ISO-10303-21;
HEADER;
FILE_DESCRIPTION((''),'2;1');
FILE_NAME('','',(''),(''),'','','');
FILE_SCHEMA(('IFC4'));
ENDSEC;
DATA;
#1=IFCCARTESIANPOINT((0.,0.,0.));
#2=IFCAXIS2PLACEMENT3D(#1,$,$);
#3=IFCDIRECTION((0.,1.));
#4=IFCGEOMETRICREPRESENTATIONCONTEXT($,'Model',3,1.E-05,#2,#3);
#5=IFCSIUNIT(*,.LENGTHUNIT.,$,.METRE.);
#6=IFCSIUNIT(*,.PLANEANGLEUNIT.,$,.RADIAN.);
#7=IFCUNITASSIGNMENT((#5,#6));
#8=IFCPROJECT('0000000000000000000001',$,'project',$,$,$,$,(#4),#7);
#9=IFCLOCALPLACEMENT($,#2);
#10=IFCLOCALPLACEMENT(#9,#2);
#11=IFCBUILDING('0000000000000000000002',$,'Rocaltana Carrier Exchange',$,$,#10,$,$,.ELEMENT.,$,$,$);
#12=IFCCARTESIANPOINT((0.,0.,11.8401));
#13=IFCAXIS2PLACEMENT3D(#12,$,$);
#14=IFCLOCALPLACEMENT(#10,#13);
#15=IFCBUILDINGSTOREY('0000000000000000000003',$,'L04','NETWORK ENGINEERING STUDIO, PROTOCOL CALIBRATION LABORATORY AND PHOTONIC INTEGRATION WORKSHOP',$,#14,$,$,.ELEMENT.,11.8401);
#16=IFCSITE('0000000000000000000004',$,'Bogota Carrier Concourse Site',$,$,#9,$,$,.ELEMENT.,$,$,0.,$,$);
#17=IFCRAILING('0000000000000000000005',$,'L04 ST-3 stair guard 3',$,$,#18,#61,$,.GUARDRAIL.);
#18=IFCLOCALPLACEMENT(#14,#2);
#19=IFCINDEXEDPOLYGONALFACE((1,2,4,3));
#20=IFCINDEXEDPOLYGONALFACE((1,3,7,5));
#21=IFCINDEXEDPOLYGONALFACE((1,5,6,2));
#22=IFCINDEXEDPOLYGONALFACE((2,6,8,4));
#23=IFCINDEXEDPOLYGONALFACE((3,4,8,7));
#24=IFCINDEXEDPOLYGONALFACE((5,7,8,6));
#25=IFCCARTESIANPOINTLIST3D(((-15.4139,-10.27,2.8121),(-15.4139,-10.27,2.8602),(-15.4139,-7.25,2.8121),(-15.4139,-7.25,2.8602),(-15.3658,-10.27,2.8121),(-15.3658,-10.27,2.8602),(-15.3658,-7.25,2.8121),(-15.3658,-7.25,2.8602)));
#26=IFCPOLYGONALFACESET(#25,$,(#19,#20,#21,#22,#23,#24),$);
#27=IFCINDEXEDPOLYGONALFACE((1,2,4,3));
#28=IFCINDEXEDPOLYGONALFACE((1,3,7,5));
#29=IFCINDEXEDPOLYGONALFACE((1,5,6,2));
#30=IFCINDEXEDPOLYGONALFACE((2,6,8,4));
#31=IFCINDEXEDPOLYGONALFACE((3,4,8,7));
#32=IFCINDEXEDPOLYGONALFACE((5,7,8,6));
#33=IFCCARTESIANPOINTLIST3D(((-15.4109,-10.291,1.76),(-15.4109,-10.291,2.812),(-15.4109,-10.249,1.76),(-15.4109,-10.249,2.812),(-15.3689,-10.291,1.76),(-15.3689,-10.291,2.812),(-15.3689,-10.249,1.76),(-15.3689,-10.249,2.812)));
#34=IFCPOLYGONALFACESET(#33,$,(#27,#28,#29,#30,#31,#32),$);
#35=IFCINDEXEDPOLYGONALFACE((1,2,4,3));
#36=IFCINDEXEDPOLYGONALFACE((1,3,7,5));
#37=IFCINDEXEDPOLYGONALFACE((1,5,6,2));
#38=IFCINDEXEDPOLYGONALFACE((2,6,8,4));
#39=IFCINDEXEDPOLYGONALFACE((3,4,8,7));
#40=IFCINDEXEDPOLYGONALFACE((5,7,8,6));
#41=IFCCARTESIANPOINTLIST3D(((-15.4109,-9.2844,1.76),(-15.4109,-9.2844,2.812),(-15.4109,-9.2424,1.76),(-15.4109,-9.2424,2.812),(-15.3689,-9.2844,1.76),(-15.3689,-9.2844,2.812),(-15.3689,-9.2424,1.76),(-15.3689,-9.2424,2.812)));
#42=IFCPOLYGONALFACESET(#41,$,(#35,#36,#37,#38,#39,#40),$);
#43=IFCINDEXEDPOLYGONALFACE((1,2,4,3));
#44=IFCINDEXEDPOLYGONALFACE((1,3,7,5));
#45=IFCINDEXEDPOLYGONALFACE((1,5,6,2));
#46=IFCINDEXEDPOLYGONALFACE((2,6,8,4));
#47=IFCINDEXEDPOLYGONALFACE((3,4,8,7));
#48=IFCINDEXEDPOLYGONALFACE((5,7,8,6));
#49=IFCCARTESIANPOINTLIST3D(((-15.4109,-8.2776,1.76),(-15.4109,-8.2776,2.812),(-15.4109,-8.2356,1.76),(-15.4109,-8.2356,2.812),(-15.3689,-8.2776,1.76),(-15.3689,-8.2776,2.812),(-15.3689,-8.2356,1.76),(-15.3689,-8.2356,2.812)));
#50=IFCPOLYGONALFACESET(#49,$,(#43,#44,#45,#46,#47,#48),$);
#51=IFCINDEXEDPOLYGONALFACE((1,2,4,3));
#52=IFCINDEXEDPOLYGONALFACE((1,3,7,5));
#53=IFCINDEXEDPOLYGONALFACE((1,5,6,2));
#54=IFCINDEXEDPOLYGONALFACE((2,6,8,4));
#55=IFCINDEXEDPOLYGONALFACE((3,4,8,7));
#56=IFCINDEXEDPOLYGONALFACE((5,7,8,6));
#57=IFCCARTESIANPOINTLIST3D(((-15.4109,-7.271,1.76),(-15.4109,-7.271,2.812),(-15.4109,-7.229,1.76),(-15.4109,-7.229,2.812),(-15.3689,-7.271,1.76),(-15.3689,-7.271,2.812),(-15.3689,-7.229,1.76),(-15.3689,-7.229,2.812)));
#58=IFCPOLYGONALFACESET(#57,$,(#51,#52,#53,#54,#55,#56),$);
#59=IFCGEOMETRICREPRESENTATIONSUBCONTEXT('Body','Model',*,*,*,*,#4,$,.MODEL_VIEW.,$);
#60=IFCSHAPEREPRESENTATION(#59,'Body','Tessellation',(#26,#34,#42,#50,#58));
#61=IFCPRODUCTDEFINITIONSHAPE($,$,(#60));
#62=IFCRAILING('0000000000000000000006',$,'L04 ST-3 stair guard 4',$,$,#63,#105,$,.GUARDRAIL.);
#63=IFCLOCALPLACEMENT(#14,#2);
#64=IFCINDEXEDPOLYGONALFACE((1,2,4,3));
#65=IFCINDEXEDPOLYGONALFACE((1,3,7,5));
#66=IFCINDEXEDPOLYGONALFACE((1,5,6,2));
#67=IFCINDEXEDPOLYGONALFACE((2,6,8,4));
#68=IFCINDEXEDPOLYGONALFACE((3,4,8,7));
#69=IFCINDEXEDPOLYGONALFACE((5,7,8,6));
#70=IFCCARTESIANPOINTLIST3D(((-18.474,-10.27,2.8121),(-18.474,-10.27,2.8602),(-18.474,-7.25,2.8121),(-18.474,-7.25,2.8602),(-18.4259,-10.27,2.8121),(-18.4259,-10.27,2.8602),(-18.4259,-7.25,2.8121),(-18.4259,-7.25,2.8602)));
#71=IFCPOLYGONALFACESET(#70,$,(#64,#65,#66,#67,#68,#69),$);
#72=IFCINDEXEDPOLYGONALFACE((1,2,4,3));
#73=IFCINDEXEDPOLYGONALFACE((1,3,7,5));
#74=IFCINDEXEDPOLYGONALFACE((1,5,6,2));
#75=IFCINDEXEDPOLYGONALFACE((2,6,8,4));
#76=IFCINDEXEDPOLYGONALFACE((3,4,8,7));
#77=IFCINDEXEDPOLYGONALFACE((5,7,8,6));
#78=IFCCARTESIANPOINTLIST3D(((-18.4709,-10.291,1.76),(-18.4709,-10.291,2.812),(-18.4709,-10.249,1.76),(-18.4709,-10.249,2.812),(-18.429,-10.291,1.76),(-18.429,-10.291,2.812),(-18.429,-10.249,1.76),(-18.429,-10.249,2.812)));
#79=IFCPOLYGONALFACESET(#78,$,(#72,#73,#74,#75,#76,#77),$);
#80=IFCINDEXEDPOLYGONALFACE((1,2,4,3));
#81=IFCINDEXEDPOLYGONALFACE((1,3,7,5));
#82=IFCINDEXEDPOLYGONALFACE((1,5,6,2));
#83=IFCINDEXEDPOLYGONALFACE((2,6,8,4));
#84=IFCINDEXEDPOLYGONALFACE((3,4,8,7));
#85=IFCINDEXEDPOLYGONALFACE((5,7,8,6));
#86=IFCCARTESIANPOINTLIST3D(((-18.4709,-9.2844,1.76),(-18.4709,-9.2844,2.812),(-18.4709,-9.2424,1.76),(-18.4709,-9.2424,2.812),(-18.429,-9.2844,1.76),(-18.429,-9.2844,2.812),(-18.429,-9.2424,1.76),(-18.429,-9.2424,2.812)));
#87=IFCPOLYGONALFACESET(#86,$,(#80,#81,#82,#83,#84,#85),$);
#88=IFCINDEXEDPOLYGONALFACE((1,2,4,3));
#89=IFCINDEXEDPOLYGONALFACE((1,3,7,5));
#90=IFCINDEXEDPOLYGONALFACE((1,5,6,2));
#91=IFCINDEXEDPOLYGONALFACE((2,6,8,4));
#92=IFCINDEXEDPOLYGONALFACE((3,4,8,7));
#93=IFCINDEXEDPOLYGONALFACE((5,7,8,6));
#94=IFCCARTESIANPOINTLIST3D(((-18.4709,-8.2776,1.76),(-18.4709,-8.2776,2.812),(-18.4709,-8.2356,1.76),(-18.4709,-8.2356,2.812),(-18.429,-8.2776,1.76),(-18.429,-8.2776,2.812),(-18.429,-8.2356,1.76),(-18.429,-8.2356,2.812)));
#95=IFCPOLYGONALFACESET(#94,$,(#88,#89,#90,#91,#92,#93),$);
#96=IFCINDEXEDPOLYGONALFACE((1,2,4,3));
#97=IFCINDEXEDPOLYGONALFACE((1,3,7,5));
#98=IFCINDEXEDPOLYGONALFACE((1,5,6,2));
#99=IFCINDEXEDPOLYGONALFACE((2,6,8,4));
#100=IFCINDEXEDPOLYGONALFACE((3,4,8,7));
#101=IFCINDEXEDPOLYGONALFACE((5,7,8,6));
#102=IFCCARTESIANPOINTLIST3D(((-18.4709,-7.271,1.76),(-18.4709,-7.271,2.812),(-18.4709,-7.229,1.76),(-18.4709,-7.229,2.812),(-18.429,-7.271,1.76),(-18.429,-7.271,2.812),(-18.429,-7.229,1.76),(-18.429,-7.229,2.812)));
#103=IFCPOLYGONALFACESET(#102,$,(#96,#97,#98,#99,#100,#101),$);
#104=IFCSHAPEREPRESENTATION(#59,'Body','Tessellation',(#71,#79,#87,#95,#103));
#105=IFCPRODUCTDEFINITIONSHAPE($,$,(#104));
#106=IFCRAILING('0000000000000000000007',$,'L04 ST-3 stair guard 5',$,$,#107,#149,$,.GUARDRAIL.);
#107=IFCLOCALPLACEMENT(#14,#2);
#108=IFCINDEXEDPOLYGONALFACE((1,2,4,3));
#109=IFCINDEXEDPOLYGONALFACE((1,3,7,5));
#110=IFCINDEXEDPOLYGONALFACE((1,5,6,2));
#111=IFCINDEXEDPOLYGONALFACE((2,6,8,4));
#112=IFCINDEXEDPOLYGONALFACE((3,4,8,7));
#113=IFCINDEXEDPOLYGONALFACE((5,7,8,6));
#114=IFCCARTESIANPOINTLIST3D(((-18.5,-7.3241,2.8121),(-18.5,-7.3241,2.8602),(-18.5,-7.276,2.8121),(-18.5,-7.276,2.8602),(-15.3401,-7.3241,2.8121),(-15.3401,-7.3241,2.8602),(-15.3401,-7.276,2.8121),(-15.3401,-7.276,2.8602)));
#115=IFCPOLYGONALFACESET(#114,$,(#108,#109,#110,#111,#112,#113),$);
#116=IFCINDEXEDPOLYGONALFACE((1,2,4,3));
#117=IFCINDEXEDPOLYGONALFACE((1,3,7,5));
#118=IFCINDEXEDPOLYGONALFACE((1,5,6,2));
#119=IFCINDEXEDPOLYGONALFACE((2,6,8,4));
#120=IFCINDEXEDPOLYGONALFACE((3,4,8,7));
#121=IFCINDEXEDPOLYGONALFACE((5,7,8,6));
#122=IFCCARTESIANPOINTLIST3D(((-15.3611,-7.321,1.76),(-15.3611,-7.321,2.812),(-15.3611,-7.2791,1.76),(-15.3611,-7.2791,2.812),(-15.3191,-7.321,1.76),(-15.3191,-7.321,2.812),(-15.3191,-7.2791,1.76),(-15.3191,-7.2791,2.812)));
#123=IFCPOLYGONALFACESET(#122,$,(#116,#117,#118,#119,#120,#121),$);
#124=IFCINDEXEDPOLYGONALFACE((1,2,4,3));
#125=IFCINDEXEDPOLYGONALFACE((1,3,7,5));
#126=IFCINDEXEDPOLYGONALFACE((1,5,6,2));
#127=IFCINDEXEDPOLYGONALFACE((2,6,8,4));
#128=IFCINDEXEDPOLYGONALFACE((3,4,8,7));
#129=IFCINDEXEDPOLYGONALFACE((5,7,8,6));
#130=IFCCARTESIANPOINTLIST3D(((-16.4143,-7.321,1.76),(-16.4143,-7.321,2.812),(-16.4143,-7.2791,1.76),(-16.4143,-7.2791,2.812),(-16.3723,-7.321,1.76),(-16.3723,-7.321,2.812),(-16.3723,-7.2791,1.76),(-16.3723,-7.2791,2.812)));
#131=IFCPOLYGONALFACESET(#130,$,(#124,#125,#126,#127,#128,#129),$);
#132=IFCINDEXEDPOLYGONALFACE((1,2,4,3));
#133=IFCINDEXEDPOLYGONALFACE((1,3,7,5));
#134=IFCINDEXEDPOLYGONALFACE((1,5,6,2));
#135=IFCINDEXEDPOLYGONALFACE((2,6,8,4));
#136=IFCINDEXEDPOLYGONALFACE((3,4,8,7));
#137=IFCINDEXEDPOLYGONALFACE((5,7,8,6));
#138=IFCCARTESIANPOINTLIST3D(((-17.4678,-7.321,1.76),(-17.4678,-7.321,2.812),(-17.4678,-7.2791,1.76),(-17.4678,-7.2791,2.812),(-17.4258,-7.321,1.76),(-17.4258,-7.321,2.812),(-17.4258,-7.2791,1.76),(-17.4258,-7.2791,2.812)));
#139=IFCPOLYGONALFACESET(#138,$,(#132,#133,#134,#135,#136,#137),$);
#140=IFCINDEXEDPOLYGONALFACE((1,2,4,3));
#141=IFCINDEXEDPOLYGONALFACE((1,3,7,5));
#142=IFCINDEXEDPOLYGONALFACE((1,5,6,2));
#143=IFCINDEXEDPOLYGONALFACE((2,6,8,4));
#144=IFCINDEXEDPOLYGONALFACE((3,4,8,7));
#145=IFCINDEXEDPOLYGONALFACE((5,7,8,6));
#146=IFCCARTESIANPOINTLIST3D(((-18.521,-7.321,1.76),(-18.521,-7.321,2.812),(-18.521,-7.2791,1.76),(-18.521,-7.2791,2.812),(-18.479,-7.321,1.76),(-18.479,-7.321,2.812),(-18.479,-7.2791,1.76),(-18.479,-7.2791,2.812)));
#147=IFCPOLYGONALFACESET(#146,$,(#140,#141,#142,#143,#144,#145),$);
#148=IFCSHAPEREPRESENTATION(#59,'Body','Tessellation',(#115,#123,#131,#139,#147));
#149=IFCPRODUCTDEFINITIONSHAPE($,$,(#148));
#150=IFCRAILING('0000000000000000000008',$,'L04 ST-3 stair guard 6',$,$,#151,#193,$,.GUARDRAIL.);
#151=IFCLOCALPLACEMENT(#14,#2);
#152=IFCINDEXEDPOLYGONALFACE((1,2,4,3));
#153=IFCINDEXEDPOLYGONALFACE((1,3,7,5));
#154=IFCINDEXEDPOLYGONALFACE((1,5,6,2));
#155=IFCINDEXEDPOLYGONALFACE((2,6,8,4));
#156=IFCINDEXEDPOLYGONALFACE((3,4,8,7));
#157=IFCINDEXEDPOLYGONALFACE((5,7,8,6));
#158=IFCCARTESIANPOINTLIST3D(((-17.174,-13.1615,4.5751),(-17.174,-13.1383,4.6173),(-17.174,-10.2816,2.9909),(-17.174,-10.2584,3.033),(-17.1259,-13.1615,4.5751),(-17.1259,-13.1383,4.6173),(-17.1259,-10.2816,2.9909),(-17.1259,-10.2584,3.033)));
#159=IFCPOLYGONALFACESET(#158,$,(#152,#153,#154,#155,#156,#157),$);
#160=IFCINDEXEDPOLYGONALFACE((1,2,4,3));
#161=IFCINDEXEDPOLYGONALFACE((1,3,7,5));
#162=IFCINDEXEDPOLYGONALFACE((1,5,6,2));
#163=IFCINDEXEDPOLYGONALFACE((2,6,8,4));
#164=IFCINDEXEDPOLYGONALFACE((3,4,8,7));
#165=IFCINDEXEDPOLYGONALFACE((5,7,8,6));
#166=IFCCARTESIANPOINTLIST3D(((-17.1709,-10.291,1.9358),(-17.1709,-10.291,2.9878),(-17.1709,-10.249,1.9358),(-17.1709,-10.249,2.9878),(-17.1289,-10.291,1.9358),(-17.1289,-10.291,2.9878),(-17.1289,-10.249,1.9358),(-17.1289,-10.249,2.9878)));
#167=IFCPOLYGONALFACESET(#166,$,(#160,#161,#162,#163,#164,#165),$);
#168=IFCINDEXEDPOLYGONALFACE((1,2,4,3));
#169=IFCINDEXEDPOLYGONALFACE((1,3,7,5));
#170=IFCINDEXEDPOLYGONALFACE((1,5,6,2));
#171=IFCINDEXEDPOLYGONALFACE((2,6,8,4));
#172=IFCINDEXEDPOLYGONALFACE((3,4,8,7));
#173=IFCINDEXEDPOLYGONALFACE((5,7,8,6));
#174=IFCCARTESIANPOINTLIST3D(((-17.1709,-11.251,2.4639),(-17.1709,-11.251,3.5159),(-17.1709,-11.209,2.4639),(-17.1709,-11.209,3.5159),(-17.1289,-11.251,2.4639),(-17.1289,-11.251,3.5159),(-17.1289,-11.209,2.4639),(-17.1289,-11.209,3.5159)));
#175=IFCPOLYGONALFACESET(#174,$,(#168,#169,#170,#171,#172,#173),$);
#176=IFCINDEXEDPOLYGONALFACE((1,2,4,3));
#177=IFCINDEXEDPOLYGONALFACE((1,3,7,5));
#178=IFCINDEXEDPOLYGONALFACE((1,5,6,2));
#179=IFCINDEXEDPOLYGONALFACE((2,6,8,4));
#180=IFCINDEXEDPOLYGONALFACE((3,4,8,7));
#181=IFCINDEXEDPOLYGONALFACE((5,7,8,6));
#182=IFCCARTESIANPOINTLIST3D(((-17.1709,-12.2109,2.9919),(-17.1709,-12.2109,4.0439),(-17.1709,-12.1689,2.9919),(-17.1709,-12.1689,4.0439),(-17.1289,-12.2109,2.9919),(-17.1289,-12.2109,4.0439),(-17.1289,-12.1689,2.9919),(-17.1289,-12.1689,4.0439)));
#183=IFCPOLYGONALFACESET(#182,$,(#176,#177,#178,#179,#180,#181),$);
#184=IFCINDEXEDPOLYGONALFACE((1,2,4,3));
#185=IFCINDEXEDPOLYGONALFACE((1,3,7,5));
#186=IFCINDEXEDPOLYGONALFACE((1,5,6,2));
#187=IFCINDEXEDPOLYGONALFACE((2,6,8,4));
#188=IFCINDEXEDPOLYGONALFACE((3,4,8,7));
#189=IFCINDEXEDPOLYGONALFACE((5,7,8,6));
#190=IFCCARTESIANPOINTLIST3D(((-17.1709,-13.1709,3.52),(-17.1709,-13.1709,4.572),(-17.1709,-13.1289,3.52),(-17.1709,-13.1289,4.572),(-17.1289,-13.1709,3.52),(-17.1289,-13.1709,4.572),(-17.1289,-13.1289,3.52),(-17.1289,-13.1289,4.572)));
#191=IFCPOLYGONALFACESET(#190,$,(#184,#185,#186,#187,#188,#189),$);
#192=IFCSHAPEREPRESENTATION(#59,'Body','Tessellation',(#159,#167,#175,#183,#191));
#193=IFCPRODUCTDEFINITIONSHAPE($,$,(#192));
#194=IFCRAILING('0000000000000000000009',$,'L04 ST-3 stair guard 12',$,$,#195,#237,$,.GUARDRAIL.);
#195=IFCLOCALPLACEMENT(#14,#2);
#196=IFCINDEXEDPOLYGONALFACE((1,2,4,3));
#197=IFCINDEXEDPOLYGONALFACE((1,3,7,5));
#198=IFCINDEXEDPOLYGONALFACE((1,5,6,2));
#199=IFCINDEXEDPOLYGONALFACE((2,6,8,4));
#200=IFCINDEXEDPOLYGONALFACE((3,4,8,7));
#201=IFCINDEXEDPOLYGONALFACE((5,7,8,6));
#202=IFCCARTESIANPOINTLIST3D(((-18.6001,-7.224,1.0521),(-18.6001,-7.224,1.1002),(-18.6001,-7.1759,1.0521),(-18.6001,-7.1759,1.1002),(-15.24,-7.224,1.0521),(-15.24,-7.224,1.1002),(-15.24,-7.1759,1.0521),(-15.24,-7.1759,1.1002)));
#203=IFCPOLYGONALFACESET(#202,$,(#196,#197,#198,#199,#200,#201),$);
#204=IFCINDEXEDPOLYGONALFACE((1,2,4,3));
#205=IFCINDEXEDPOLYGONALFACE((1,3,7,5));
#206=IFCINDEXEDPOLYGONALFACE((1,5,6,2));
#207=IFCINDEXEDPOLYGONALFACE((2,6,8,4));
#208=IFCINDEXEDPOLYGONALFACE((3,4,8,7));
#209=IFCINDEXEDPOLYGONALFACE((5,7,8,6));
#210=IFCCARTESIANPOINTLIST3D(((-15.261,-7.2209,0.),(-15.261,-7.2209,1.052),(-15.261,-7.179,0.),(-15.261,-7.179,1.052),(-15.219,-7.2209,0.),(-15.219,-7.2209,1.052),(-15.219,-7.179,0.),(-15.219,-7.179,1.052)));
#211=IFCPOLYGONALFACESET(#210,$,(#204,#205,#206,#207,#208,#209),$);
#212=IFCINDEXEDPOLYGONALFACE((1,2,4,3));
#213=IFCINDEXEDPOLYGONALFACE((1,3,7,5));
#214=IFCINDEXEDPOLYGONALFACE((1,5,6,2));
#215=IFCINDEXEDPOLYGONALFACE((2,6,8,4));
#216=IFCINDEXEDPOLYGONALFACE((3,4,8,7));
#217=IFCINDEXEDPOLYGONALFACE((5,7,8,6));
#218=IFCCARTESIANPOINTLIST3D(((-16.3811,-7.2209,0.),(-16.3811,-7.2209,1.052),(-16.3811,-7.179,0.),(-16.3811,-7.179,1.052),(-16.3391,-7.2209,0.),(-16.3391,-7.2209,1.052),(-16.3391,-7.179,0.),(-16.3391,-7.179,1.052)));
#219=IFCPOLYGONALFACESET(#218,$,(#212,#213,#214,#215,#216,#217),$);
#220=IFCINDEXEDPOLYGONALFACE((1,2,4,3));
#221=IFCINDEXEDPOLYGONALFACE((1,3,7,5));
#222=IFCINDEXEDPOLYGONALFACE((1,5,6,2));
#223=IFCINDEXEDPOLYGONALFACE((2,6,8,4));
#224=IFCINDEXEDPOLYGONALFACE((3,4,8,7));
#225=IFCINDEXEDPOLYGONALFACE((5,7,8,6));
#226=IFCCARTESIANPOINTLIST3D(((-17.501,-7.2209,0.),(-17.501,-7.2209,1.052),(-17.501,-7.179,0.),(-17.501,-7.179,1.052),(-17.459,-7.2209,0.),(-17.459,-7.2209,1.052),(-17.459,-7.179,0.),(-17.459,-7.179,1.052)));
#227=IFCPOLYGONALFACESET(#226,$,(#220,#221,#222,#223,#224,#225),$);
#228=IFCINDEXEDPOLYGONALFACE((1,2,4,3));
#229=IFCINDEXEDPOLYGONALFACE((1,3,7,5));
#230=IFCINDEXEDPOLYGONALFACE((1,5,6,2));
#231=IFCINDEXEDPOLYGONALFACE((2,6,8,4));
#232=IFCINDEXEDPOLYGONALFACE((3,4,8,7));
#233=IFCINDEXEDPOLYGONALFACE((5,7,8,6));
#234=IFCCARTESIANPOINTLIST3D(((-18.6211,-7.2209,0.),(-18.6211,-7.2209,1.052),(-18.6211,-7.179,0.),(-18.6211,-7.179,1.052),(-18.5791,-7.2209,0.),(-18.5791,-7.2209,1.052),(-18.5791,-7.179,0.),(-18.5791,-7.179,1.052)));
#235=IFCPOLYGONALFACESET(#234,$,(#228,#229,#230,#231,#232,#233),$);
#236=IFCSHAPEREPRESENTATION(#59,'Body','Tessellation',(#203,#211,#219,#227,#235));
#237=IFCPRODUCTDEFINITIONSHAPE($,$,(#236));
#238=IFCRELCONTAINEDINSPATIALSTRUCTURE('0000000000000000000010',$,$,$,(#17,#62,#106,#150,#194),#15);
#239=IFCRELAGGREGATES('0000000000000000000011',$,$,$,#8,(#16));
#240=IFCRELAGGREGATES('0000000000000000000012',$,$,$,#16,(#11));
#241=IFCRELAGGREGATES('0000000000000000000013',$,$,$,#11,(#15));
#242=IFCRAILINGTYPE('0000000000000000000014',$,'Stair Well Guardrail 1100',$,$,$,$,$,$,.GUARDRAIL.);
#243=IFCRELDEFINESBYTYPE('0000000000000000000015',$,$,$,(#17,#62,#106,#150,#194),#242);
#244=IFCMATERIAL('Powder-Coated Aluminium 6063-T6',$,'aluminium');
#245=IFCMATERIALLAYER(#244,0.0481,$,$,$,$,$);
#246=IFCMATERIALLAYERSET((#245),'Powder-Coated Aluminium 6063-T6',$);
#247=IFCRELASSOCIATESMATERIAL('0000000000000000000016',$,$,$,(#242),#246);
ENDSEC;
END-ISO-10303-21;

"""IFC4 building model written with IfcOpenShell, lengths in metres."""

from ifc_helpers import new_model, si_unit, direction, frame, origin, origin_2d, place, context, subcontext, project, spatial, rectangle, extrude, material, layer, layer_set, type_object, element, save


model = new_model("IFC4")

# Units and contexts
model_context = context("Model", 3, precision=1e-05, world=origin(), true_north=direction((0.0, 1.0)))
body_context = subcontext(model_context, "Body", "Model", "MODEL_VIEW")
ifc_project = project(units=[si_unit("LENGTHUNIT", "METRE"), si_unit("PLANEANGLEUNIT", "RADIAN")], contexts=[model_context])

# Site, building, storey
site_placement = place(None, origin())
site = spatial("IfcSite", under=ifc_project, at=site_placement, Name="Bogota Carrier Concourse Site", CompositionType="ELEMENT", RefElevation=0.0)
building_placement = place(site_placement, origin())
building = spatial("IfcBuilding", under=site, at=building_placement, Name="Rocaltana Carrier Exchange", CompositionType="ELEMENT")
storey_placement = place(building_placement, frame((0.0, 0.0, 11.8401)))
storey = spatial("IfcBuildingStorey", under=building, at=storey_placement, Name="L04", Description="NETWORK ENGINEERING STUDIO, PROTOCOL CALIBRATION LABORATORY AND PHOTONIC INTEGRATION WORKSHOP", CompositionType="ELEMENT", Elevation=11.8401)

# Railings
ifc_material_1 = material(Name="Powder-Coated Aluminium 6063-T6", Category="aluminium")
ifc_layer_1 = layer(ifc_material_1, 0.0481)
ifc_layer_set_1 = layer_set([ifc_layer_1], Name="Powder-Coated Aluminium 6063-T6")
railing_type_1 = type_object("IfcRailingType", Name="Stair Well Guardrail 1100", PredefinedType="GUARDRAIL", material=ifc_layer_set_1)
for number, where, name in (
    (1, (-15.3899, -10.27, 1.76), "L04 ST-3 stair guard 3"),
    (2, (-18.45, -10.27, 1.76), "L04 ST-3 stair guard 4"),
):
    element("IfcRailing", number, at=place(storey_placement, frame(where)), inside=storey, type_object=railing_type_1, Name=name, PredefinedType="GUARDRAIL", context=body_context, shape_type="SweptSolid", body=[
        extrude(rectangle(XDim=0.0481, YDim=0.0481, at=origin_2d()), frame((0.0, 0.0, 1.0762), z_axis=(0.0, 1.0, 0.0), x_axis=(-1.0, 0.0, 0.0)), (0.0, 0.0, 1.0), 3.02),
        extrude(rectangle(XDim=0.042, YDim=0.042, at=origin_2d()), origin(), (0.0, 0.0, 1.0), 1.052),
        extrude(rectangle(XDim=0.042, YDim=0.042, at=origin_2d()), frame((0.0, 1.0066, 0.0)), (0.0, 0.0, 1.0), 1.052),
        extrude(rectangle(XDim=0.042, YDim=0.042, at=origin_2d()), frame((0.0, 2.0134, 0.0)), (0.0, 0.0, 1.0), 1.052),
        extrude(rectangle(XDim=0.042, YDim=0.042, at=origin_2d()), frame((0.0, 3.02, 0.0)), (0.0, 0.0, 1.0), 1.052),
    ])
railing_1_placement = place(storey_placement, frame((-15.3401, -7.3, 1.76)))
element("IfcRailing", 3, at=railing_1_placement, inside=storey, type_object=railing_type_1, Name="L04 ST-3 stair guard 5", PredefinedType="GUARDRAIL", context=body_context, shape_type="SweptSolid", body=[
    extrude(rectangle(XDim=0.0481, YDim=0.0481, at=origin_2d()), frame((0.0, 0.0, 1.0762), z_axis=(-1.0, 0.0, 0.0), x_axis=(0.0, -1.0, 0.0)), (0.0, 0.0, 1.0), 3.1599),
    extrude(rectangle(XDim=0.042, YDim=0.042, at=origin_2d()), origin(), (0.0, 0.0, 1.0), 1.052),
    extrude(rectangle(XDim=0.042, YDim=0.042, at=origin_2d()), frame((-1.0532, 0.0, 0.0)), (0.0, 0.0, 1.0), 1.052),
    extrude(rectangle(XDim=0.042, YDim=0.042, at=origin_2d()), frame((-2.1067, 0.0, 0.0)), (0.0, 0.0, 1.0), 1.052),
    extrude(rectangle(XDim=0.042, YDim=0.042, at=origin_2d()), frame((-3.1599, 0.0, 0.0)), (0.0, 0.0, 1.0), 1.052),
])
railing_2_placement = place(storey_placement, frame((-17.1499, -10.27, 1.9358)))
element("IfcRailing", 4, at=railing_2_placement, inside=storey, type_object=railing_type_1, Name="L04 ST-3 stair guard 6", PredefinedType="GUARDRAIL", context=body_context, shape_type="SweptSolid", body=[
    extrude(rectangle(XDim=0.0481, YDim=0.0481, at=origin_2d()), frame((0.0, 0.0, 1.0762), z_axis=(0.0, -0.876178, 0.481987), x_axis=(1.0, 0.0, 0.0)), (0.0, 0.0, 1.0), 3.2869),
    extrude(rectangle(XDim=0.042, YDim=0.042, at=origin_2d()), origin(), (0.0, 0.0, 1.0), 1.052),
    extrude(rectangle(XDim=0.042, YDim=0.042, at=origin_2d()), frame((0.0, -0.96, 0.5281)), (0.0, 0.0, 1.0), 1.052),
    extrude(rectangle(XDim=0.042, YDim=0.042, at=origin_2d()), frame((0.0, -1.9199, 1.0562)), (0.0, 0.0, 1.0), 1.052),
    extrude(rectangle(XDim=0.042, YDim=0.042, at=origin_2d()), frame((0.0, -2.8799, 1.5842)), (0.0, 0.0, 1.0), 1.052),
])
railing_3_placement = place(storey_placement, frame((-15.24, -7.2, 0.0)))
element("IfcRailing", 5, at=railing_3_placement, inside=storey, type_object=railing_type_1, Name="L04 ST-3 stair guard 12", PredefinedType="GUARDRAIL", context=body_context, shape_type="SweptSolid", body=[
    extrude(rectangle(XDim=0.0481, YDim=0.0481, at=origin_2d()), frame((0.0, 0.0, 1.0762), z_axis=(-1.0, 0.0, 0.0), x_axis=(0.0, -1.0, 0.0)), (0.0, 0.0, 1.0), 3.3601),
    extrude(rectangle(XDim=0.042, YDim=0.042, at=origin_2d()), origin(), (0.0, 0.0, 1.0), 1.052),
    extrude(rectangle(XDim=0.042, YDim=0.042, at=origin_2d()), frame((-1.1201, 0.0, 0.0)), (0.0, 0.0, 1.0), 1.052),
    extrude(rectangle(XDim=0.042, YDim=0.042, at=origin_2d()), frame((-2.24, 0.0, 0.0)), (0.0, 0.0, 1.0), 1.052),
    extrude(rectangle(XDim=0.042, YDim=0.042, at=origin_2d()), frame((-3.3601, 0.0, 0.0)), (0.0, 0.0, 1.0), 1.052),
])

save(model, "model.ifc")
